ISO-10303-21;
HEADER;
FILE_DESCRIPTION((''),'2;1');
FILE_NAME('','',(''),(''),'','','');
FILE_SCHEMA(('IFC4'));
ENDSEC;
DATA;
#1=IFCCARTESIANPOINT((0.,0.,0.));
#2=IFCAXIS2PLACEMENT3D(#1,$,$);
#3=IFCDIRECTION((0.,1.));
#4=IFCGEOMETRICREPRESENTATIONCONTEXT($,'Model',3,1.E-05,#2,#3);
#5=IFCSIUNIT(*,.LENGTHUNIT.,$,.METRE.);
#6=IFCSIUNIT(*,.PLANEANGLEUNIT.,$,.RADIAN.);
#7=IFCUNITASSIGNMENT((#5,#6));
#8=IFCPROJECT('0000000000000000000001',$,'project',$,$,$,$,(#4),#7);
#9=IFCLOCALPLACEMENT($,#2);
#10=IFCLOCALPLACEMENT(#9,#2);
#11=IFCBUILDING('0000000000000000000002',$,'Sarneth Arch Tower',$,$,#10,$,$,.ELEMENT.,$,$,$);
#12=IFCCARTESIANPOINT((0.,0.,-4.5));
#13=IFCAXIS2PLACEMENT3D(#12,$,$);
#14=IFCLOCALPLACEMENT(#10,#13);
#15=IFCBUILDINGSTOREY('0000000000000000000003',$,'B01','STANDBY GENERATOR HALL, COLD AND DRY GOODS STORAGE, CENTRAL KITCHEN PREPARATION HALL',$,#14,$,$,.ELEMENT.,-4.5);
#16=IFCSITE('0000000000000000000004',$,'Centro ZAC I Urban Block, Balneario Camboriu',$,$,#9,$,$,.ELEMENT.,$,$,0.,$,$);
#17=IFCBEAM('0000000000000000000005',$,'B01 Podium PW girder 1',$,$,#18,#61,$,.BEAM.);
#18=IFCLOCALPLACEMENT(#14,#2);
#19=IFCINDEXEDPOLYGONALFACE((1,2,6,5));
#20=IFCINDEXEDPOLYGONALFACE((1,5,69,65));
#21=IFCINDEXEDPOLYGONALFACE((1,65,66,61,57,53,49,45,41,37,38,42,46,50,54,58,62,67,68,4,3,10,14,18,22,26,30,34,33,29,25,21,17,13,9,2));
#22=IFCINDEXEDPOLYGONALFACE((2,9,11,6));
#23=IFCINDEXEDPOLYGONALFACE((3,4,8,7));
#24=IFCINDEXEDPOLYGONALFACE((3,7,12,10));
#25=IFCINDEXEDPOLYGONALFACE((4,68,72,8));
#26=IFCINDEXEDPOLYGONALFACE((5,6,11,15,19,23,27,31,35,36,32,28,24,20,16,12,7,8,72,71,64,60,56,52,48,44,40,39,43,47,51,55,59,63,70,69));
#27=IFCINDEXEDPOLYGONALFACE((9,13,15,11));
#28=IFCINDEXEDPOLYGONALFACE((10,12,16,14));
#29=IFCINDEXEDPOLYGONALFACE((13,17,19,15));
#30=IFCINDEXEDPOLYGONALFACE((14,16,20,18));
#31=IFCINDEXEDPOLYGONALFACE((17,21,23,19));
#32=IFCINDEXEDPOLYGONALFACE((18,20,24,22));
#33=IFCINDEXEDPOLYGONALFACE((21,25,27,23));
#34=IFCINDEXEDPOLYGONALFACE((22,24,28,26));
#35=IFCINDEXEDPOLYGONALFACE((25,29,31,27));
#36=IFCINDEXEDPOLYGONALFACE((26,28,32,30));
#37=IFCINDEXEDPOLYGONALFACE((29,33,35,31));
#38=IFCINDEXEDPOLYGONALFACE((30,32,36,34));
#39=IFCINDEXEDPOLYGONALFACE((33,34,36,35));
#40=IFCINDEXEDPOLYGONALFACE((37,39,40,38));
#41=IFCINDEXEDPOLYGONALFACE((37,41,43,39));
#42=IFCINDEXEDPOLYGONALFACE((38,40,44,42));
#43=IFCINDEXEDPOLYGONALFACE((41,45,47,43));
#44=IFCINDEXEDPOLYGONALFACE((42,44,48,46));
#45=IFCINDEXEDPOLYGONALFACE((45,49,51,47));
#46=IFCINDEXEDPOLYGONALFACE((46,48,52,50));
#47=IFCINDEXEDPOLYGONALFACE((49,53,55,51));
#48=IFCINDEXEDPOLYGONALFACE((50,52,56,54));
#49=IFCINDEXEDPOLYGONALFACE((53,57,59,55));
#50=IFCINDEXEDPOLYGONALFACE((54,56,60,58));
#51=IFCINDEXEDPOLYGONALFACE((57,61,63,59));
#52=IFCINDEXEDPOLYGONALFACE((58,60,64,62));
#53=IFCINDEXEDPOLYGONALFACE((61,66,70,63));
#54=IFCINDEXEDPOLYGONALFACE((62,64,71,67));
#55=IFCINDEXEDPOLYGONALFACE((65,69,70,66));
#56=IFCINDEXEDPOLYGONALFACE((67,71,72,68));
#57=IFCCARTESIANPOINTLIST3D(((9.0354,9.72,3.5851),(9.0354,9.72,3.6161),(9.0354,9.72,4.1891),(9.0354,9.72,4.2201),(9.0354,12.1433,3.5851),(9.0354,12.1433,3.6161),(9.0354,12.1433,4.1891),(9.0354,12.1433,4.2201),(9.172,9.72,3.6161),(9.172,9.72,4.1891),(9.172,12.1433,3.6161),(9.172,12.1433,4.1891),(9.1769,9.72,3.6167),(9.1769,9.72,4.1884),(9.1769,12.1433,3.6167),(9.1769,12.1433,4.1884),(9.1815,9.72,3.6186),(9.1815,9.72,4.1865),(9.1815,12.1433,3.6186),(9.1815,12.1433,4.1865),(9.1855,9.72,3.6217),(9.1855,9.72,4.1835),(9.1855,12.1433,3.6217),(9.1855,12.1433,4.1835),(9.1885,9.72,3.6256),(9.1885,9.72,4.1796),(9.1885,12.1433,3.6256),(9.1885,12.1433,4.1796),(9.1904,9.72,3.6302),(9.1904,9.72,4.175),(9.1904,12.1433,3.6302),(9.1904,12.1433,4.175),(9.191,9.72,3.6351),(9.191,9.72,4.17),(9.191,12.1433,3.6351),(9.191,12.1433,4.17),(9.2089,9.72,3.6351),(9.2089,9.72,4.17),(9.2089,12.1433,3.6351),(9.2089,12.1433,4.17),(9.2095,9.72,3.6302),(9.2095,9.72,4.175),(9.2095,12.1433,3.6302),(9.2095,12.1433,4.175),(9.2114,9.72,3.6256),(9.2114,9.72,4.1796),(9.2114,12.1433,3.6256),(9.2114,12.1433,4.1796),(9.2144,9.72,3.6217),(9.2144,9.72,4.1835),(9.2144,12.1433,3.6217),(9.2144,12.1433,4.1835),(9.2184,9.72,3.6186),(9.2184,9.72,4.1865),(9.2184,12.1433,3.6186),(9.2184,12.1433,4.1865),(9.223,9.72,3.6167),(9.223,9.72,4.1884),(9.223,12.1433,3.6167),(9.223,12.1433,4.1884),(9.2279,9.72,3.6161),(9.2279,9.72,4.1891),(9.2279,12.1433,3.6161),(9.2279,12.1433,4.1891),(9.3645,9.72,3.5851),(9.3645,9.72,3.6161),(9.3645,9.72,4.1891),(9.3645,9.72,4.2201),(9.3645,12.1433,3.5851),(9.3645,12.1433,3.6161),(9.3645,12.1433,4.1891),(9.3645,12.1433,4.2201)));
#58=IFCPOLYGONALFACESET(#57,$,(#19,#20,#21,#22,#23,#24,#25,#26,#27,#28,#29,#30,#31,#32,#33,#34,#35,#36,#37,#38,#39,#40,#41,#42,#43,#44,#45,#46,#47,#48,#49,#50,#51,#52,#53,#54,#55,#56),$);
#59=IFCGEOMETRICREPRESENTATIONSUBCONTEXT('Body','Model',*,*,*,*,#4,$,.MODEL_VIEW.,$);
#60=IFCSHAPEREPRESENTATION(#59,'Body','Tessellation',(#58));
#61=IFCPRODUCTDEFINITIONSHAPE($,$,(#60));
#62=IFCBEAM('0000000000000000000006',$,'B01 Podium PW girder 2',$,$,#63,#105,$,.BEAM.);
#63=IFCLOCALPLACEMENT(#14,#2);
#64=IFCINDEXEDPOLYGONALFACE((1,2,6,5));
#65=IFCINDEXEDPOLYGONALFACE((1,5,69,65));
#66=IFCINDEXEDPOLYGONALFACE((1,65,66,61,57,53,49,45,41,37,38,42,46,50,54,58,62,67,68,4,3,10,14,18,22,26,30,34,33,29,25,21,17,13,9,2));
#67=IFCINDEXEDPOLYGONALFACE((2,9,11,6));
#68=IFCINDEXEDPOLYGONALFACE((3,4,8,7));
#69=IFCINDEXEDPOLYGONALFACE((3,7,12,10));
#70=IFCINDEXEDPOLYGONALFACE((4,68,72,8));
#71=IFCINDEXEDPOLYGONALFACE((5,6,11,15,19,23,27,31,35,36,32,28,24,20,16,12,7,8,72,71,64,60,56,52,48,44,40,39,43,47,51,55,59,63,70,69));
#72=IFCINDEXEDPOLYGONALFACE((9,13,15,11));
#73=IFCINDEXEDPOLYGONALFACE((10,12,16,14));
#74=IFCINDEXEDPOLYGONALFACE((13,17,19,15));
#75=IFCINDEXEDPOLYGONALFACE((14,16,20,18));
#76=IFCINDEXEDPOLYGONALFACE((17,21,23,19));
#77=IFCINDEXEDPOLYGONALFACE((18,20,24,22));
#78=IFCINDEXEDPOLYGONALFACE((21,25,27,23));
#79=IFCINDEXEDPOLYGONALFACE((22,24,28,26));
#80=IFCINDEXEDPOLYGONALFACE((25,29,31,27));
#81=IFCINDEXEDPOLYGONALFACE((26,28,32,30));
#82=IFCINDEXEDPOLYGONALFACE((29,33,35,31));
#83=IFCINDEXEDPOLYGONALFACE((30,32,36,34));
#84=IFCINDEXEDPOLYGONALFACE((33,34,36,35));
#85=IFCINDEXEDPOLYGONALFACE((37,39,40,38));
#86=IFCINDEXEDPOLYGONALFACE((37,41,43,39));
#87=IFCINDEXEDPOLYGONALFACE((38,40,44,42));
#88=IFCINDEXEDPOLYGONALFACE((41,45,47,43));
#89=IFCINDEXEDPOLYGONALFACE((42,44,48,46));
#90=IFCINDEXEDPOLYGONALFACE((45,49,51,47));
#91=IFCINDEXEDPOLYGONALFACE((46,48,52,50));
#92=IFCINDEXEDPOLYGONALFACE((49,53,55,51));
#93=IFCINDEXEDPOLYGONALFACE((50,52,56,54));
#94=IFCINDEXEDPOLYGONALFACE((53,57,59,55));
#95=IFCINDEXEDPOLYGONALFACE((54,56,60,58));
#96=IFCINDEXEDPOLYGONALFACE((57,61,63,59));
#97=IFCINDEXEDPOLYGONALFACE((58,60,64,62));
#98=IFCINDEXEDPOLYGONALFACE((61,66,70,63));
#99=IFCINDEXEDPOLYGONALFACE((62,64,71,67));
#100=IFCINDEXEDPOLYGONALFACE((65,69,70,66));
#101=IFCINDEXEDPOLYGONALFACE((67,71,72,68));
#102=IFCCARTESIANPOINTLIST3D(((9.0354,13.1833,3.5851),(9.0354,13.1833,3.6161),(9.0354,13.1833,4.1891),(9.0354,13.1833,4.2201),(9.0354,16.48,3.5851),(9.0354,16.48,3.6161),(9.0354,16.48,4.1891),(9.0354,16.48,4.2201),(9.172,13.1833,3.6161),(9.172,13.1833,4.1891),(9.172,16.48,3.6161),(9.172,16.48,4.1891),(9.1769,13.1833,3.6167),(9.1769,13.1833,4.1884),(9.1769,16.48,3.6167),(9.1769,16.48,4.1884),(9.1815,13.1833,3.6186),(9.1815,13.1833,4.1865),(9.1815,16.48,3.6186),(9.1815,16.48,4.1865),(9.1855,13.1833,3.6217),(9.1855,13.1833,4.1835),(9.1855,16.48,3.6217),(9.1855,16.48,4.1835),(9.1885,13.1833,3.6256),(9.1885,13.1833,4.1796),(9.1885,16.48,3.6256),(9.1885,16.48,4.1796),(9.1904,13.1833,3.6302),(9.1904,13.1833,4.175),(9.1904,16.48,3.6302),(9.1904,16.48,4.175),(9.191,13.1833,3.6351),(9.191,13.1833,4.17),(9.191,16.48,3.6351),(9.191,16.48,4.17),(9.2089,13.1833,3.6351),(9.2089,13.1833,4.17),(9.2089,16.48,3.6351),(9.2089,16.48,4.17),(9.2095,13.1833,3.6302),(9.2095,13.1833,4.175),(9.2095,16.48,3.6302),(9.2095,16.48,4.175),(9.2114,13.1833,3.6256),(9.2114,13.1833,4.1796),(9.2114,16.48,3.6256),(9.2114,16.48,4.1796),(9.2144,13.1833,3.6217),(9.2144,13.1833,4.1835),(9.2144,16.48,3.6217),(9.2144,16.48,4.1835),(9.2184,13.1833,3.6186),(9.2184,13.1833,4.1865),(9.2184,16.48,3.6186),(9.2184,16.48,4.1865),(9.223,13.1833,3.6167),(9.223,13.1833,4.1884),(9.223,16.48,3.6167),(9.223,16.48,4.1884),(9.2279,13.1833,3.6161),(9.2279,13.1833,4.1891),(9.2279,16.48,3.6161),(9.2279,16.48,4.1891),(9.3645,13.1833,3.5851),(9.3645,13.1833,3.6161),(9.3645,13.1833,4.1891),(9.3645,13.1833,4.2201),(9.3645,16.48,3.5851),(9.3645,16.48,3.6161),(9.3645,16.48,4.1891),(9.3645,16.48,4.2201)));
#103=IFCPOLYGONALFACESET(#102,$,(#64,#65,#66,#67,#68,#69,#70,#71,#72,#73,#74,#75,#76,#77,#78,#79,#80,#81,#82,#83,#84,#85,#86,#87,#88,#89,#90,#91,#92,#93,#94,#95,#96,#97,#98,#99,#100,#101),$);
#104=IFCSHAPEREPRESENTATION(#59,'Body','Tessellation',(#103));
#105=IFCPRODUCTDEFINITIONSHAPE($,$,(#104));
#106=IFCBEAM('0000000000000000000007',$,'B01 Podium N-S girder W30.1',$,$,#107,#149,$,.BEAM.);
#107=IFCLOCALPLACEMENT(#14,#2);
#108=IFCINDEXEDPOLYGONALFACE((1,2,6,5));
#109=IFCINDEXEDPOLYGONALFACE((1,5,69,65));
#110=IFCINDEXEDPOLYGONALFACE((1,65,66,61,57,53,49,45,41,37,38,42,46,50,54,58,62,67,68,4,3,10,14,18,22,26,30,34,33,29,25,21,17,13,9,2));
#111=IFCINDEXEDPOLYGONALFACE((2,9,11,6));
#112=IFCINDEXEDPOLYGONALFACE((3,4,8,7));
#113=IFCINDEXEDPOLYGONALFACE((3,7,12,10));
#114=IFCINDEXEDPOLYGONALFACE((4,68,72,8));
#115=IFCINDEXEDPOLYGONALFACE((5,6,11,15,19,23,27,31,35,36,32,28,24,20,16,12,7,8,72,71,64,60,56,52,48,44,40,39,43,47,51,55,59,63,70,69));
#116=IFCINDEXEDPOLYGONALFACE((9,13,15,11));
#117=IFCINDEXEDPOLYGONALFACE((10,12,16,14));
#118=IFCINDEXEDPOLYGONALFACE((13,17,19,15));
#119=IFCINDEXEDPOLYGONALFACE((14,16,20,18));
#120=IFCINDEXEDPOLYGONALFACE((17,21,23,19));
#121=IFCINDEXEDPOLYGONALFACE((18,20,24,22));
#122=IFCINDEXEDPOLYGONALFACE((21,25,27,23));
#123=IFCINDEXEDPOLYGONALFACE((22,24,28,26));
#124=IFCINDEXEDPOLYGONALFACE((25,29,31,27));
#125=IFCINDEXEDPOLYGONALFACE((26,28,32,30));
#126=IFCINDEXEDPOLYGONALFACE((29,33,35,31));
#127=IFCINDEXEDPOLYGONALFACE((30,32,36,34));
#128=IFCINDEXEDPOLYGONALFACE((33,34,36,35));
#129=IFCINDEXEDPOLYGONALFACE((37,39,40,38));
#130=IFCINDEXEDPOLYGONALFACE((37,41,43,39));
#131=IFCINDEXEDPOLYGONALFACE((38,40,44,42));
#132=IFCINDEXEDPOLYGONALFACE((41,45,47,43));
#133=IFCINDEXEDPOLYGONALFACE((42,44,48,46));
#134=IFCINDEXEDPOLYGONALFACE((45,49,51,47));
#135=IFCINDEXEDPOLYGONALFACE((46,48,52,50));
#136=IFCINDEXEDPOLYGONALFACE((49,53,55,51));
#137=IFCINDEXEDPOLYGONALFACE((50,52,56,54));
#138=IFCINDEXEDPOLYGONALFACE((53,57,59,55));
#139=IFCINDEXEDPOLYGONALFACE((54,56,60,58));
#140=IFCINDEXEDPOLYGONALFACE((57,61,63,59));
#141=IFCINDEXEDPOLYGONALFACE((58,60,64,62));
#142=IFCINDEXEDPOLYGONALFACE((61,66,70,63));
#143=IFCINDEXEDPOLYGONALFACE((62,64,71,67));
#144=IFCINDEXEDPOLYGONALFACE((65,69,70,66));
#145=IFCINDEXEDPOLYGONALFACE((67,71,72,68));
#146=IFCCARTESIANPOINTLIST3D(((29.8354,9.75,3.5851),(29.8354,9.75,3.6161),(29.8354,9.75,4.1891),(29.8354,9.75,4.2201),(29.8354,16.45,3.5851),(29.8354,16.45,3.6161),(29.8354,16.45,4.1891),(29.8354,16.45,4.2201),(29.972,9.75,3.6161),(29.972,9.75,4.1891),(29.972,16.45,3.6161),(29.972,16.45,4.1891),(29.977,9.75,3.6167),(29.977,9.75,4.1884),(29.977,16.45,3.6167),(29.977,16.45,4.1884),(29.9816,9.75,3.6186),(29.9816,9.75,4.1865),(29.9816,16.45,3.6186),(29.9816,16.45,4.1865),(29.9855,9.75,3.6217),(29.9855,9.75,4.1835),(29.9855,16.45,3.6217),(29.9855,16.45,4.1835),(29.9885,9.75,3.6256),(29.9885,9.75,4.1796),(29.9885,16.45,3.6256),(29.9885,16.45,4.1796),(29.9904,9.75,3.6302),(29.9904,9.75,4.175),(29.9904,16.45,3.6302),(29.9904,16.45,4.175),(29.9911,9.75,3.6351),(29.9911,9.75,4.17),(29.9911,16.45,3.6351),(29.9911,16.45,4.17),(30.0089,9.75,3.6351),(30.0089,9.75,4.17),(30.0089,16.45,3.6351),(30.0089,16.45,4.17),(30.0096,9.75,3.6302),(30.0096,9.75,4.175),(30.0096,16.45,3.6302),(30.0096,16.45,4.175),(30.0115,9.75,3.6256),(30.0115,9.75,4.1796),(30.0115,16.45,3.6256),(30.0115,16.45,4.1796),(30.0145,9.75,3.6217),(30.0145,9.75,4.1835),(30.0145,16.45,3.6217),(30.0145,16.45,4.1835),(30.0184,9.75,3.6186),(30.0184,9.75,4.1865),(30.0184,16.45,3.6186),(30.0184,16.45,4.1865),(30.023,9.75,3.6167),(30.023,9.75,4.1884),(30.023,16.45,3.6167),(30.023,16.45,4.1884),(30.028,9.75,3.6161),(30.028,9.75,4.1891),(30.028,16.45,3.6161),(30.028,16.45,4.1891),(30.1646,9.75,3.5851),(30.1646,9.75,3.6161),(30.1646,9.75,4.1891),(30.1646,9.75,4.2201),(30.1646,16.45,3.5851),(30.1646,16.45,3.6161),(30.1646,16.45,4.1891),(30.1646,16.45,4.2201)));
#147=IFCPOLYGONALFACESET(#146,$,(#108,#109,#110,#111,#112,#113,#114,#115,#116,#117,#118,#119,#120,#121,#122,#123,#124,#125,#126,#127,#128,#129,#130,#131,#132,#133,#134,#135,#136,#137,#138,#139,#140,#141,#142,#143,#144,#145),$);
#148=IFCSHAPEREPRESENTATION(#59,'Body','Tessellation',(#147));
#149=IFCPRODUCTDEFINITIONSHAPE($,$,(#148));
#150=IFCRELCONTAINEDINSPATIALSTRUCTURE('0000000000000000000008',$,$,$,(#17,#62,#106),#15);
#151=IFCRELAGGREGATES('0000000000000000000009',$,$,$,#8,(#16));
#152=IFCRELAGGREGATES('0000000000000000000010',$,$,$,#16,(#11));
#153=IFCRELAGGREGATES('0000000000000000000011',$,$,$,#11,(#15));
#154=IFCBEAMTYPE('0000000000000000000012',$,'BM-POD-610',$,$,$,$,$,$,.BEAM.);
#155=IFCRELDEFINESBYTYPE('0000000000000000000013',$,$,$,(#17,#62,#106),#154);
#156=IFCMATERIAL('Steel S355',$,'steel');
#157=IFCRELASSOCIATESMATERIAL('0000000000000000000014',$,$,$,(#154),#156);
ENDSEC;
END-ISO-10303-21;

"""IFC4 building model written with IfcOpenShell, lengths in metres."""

from ifc_helpers import new_model, si_unit, direction, frame, origin, origin_2d, place, context, subcontext, project, spatial, i_section, extrude, material, material_profile, profile_set, type_object, element, save


model = new_model("IFC4")

# Units and contexts
model_context = context("Model", 3, precision=1e-05, world=origin(), true_north=direction((0.0, 1.0)))
body_context = subcontext(model_context, "Body", "Model", "MODEL_VIEW")
ifc_project = project(units=[si_unit("LENGTHUNIT", "METRE"), si_unit("PLANEANGLEUNIT", "RADIAN")], contexts=[model_context])

# Site, building, storey
site_placement = place(None, origin())
site = spatial("IfcSite", under=ifc_project, at=site_placement, Name="Centro ZAC I Urban Block, Balneario Camboriu", CompositionType="ELEMENT", RefElevation=0.0)
building_placement = place(site_placement, origin())
building = spatial("IfcBuilding", under=site, at=building_placement, Name="Sarneth Arch Tower", CompositionType="ELEMENT")
storey_placement = place(building_placement, frame((0.0, 0.0, -4.5)))
storey = spatial("IfcBuildingStorey", under=building, at=storey_placement, Name="B01", Description="STANDBY GENERATOR HALL, COLD AND DRY GOODS STORAGE, CENTRAL KITCHEN PREPARATION HALL", CompositionType="ELEMENT", Elevation=-4.5)

# Beams
ifc_material_1 = material(Name="Steel S355", Category="steel")
ifc_material_profile_1 = material_profile(ifc_material_1, i_section(OverallWidth=0.3291, OverallDepth=0.635, WebThickness=0.0178, FlangeThickness=0.031, FilletRadius=0.019, at=origin_2d()), Name="W610x241")
ifc_profile_set_1 = profile_set([ifc_material_profile_1], Name="Steel S355")
beam_type = type_object("IfcBeamType", Name="BM-POD-610", PredefinedType="BEAM", material=ifc_profile_set_1)
beam_1_placement = place(storey_placement, frame((9.2, 9.72, 3.9026), z_axis=(0.0, 1.0, 0.0), x_axis=(-1.0, 0.0, 0.0)))
element("IfcBeam", 1, at=beam_1_placement, inside=storey, type_object=beam_type, Name="B01 Podium PW girder 1", PredefinedType="BEAM", context=body_context, shape_type="SweptSolid", body=[
    extrude(i_section(OverallWidth=0.3291, OverallDepth=0.635, WebThickness=0.0178, FlangeThickness=0.031, FilletRadius=0.019, at=origin_2d()), origin(), (0.0, 0.0, 1.0), 2.4233),
])
beam_2_placement = place(storey_placement, frame((9.2, 13.1833, 3.9026), z_axis=(0.0, 1.0, 0.0), x_axis=(-1.0, 0.0, 0.0)))
element("IfcBeam", 2, at=beam_2_placement, inside=storey, type_object=beam_type, Name="B01 Podium PW girder 2", PredefinedType="BEAM", context=body_context, shape_type="SweptSolid", body=[
    extrude(i_section(OverallWidth=0.3291, OverallDepth=0.635, WebThickness=0.0178, FlangeThickness=0.031, FilletRadius=0.019, at=origin_2d()), origin(), (0.0, 0.0, 1.0), 3.2966),
])
beam_3_placement = place(storey_placement, frame((30.0, 9.75, 3.9026), z_axis=(0.0, 1.0, 0.0), x_axis=(-1.0, 0.0, 0.0)))
element("IfcBeam", 3, at=beam_3_placement, inside=storey, type_object=beam_type, Name="B01 Podium N-S girder W30.1", PredefinedType="BEAM", context=body_context, shape_type="SweptSolid", body=[
    extrude(i_section(OverallWidth=0.3291, OverallDepth=0.635, WebThickness=0.0178, FlangeThickness=0.031, FilletRadius=0.019, at=origin_2d()), origin(), (0.0, 0.0, 1.0), 6.7),
])

save(model, "model.ifc")
